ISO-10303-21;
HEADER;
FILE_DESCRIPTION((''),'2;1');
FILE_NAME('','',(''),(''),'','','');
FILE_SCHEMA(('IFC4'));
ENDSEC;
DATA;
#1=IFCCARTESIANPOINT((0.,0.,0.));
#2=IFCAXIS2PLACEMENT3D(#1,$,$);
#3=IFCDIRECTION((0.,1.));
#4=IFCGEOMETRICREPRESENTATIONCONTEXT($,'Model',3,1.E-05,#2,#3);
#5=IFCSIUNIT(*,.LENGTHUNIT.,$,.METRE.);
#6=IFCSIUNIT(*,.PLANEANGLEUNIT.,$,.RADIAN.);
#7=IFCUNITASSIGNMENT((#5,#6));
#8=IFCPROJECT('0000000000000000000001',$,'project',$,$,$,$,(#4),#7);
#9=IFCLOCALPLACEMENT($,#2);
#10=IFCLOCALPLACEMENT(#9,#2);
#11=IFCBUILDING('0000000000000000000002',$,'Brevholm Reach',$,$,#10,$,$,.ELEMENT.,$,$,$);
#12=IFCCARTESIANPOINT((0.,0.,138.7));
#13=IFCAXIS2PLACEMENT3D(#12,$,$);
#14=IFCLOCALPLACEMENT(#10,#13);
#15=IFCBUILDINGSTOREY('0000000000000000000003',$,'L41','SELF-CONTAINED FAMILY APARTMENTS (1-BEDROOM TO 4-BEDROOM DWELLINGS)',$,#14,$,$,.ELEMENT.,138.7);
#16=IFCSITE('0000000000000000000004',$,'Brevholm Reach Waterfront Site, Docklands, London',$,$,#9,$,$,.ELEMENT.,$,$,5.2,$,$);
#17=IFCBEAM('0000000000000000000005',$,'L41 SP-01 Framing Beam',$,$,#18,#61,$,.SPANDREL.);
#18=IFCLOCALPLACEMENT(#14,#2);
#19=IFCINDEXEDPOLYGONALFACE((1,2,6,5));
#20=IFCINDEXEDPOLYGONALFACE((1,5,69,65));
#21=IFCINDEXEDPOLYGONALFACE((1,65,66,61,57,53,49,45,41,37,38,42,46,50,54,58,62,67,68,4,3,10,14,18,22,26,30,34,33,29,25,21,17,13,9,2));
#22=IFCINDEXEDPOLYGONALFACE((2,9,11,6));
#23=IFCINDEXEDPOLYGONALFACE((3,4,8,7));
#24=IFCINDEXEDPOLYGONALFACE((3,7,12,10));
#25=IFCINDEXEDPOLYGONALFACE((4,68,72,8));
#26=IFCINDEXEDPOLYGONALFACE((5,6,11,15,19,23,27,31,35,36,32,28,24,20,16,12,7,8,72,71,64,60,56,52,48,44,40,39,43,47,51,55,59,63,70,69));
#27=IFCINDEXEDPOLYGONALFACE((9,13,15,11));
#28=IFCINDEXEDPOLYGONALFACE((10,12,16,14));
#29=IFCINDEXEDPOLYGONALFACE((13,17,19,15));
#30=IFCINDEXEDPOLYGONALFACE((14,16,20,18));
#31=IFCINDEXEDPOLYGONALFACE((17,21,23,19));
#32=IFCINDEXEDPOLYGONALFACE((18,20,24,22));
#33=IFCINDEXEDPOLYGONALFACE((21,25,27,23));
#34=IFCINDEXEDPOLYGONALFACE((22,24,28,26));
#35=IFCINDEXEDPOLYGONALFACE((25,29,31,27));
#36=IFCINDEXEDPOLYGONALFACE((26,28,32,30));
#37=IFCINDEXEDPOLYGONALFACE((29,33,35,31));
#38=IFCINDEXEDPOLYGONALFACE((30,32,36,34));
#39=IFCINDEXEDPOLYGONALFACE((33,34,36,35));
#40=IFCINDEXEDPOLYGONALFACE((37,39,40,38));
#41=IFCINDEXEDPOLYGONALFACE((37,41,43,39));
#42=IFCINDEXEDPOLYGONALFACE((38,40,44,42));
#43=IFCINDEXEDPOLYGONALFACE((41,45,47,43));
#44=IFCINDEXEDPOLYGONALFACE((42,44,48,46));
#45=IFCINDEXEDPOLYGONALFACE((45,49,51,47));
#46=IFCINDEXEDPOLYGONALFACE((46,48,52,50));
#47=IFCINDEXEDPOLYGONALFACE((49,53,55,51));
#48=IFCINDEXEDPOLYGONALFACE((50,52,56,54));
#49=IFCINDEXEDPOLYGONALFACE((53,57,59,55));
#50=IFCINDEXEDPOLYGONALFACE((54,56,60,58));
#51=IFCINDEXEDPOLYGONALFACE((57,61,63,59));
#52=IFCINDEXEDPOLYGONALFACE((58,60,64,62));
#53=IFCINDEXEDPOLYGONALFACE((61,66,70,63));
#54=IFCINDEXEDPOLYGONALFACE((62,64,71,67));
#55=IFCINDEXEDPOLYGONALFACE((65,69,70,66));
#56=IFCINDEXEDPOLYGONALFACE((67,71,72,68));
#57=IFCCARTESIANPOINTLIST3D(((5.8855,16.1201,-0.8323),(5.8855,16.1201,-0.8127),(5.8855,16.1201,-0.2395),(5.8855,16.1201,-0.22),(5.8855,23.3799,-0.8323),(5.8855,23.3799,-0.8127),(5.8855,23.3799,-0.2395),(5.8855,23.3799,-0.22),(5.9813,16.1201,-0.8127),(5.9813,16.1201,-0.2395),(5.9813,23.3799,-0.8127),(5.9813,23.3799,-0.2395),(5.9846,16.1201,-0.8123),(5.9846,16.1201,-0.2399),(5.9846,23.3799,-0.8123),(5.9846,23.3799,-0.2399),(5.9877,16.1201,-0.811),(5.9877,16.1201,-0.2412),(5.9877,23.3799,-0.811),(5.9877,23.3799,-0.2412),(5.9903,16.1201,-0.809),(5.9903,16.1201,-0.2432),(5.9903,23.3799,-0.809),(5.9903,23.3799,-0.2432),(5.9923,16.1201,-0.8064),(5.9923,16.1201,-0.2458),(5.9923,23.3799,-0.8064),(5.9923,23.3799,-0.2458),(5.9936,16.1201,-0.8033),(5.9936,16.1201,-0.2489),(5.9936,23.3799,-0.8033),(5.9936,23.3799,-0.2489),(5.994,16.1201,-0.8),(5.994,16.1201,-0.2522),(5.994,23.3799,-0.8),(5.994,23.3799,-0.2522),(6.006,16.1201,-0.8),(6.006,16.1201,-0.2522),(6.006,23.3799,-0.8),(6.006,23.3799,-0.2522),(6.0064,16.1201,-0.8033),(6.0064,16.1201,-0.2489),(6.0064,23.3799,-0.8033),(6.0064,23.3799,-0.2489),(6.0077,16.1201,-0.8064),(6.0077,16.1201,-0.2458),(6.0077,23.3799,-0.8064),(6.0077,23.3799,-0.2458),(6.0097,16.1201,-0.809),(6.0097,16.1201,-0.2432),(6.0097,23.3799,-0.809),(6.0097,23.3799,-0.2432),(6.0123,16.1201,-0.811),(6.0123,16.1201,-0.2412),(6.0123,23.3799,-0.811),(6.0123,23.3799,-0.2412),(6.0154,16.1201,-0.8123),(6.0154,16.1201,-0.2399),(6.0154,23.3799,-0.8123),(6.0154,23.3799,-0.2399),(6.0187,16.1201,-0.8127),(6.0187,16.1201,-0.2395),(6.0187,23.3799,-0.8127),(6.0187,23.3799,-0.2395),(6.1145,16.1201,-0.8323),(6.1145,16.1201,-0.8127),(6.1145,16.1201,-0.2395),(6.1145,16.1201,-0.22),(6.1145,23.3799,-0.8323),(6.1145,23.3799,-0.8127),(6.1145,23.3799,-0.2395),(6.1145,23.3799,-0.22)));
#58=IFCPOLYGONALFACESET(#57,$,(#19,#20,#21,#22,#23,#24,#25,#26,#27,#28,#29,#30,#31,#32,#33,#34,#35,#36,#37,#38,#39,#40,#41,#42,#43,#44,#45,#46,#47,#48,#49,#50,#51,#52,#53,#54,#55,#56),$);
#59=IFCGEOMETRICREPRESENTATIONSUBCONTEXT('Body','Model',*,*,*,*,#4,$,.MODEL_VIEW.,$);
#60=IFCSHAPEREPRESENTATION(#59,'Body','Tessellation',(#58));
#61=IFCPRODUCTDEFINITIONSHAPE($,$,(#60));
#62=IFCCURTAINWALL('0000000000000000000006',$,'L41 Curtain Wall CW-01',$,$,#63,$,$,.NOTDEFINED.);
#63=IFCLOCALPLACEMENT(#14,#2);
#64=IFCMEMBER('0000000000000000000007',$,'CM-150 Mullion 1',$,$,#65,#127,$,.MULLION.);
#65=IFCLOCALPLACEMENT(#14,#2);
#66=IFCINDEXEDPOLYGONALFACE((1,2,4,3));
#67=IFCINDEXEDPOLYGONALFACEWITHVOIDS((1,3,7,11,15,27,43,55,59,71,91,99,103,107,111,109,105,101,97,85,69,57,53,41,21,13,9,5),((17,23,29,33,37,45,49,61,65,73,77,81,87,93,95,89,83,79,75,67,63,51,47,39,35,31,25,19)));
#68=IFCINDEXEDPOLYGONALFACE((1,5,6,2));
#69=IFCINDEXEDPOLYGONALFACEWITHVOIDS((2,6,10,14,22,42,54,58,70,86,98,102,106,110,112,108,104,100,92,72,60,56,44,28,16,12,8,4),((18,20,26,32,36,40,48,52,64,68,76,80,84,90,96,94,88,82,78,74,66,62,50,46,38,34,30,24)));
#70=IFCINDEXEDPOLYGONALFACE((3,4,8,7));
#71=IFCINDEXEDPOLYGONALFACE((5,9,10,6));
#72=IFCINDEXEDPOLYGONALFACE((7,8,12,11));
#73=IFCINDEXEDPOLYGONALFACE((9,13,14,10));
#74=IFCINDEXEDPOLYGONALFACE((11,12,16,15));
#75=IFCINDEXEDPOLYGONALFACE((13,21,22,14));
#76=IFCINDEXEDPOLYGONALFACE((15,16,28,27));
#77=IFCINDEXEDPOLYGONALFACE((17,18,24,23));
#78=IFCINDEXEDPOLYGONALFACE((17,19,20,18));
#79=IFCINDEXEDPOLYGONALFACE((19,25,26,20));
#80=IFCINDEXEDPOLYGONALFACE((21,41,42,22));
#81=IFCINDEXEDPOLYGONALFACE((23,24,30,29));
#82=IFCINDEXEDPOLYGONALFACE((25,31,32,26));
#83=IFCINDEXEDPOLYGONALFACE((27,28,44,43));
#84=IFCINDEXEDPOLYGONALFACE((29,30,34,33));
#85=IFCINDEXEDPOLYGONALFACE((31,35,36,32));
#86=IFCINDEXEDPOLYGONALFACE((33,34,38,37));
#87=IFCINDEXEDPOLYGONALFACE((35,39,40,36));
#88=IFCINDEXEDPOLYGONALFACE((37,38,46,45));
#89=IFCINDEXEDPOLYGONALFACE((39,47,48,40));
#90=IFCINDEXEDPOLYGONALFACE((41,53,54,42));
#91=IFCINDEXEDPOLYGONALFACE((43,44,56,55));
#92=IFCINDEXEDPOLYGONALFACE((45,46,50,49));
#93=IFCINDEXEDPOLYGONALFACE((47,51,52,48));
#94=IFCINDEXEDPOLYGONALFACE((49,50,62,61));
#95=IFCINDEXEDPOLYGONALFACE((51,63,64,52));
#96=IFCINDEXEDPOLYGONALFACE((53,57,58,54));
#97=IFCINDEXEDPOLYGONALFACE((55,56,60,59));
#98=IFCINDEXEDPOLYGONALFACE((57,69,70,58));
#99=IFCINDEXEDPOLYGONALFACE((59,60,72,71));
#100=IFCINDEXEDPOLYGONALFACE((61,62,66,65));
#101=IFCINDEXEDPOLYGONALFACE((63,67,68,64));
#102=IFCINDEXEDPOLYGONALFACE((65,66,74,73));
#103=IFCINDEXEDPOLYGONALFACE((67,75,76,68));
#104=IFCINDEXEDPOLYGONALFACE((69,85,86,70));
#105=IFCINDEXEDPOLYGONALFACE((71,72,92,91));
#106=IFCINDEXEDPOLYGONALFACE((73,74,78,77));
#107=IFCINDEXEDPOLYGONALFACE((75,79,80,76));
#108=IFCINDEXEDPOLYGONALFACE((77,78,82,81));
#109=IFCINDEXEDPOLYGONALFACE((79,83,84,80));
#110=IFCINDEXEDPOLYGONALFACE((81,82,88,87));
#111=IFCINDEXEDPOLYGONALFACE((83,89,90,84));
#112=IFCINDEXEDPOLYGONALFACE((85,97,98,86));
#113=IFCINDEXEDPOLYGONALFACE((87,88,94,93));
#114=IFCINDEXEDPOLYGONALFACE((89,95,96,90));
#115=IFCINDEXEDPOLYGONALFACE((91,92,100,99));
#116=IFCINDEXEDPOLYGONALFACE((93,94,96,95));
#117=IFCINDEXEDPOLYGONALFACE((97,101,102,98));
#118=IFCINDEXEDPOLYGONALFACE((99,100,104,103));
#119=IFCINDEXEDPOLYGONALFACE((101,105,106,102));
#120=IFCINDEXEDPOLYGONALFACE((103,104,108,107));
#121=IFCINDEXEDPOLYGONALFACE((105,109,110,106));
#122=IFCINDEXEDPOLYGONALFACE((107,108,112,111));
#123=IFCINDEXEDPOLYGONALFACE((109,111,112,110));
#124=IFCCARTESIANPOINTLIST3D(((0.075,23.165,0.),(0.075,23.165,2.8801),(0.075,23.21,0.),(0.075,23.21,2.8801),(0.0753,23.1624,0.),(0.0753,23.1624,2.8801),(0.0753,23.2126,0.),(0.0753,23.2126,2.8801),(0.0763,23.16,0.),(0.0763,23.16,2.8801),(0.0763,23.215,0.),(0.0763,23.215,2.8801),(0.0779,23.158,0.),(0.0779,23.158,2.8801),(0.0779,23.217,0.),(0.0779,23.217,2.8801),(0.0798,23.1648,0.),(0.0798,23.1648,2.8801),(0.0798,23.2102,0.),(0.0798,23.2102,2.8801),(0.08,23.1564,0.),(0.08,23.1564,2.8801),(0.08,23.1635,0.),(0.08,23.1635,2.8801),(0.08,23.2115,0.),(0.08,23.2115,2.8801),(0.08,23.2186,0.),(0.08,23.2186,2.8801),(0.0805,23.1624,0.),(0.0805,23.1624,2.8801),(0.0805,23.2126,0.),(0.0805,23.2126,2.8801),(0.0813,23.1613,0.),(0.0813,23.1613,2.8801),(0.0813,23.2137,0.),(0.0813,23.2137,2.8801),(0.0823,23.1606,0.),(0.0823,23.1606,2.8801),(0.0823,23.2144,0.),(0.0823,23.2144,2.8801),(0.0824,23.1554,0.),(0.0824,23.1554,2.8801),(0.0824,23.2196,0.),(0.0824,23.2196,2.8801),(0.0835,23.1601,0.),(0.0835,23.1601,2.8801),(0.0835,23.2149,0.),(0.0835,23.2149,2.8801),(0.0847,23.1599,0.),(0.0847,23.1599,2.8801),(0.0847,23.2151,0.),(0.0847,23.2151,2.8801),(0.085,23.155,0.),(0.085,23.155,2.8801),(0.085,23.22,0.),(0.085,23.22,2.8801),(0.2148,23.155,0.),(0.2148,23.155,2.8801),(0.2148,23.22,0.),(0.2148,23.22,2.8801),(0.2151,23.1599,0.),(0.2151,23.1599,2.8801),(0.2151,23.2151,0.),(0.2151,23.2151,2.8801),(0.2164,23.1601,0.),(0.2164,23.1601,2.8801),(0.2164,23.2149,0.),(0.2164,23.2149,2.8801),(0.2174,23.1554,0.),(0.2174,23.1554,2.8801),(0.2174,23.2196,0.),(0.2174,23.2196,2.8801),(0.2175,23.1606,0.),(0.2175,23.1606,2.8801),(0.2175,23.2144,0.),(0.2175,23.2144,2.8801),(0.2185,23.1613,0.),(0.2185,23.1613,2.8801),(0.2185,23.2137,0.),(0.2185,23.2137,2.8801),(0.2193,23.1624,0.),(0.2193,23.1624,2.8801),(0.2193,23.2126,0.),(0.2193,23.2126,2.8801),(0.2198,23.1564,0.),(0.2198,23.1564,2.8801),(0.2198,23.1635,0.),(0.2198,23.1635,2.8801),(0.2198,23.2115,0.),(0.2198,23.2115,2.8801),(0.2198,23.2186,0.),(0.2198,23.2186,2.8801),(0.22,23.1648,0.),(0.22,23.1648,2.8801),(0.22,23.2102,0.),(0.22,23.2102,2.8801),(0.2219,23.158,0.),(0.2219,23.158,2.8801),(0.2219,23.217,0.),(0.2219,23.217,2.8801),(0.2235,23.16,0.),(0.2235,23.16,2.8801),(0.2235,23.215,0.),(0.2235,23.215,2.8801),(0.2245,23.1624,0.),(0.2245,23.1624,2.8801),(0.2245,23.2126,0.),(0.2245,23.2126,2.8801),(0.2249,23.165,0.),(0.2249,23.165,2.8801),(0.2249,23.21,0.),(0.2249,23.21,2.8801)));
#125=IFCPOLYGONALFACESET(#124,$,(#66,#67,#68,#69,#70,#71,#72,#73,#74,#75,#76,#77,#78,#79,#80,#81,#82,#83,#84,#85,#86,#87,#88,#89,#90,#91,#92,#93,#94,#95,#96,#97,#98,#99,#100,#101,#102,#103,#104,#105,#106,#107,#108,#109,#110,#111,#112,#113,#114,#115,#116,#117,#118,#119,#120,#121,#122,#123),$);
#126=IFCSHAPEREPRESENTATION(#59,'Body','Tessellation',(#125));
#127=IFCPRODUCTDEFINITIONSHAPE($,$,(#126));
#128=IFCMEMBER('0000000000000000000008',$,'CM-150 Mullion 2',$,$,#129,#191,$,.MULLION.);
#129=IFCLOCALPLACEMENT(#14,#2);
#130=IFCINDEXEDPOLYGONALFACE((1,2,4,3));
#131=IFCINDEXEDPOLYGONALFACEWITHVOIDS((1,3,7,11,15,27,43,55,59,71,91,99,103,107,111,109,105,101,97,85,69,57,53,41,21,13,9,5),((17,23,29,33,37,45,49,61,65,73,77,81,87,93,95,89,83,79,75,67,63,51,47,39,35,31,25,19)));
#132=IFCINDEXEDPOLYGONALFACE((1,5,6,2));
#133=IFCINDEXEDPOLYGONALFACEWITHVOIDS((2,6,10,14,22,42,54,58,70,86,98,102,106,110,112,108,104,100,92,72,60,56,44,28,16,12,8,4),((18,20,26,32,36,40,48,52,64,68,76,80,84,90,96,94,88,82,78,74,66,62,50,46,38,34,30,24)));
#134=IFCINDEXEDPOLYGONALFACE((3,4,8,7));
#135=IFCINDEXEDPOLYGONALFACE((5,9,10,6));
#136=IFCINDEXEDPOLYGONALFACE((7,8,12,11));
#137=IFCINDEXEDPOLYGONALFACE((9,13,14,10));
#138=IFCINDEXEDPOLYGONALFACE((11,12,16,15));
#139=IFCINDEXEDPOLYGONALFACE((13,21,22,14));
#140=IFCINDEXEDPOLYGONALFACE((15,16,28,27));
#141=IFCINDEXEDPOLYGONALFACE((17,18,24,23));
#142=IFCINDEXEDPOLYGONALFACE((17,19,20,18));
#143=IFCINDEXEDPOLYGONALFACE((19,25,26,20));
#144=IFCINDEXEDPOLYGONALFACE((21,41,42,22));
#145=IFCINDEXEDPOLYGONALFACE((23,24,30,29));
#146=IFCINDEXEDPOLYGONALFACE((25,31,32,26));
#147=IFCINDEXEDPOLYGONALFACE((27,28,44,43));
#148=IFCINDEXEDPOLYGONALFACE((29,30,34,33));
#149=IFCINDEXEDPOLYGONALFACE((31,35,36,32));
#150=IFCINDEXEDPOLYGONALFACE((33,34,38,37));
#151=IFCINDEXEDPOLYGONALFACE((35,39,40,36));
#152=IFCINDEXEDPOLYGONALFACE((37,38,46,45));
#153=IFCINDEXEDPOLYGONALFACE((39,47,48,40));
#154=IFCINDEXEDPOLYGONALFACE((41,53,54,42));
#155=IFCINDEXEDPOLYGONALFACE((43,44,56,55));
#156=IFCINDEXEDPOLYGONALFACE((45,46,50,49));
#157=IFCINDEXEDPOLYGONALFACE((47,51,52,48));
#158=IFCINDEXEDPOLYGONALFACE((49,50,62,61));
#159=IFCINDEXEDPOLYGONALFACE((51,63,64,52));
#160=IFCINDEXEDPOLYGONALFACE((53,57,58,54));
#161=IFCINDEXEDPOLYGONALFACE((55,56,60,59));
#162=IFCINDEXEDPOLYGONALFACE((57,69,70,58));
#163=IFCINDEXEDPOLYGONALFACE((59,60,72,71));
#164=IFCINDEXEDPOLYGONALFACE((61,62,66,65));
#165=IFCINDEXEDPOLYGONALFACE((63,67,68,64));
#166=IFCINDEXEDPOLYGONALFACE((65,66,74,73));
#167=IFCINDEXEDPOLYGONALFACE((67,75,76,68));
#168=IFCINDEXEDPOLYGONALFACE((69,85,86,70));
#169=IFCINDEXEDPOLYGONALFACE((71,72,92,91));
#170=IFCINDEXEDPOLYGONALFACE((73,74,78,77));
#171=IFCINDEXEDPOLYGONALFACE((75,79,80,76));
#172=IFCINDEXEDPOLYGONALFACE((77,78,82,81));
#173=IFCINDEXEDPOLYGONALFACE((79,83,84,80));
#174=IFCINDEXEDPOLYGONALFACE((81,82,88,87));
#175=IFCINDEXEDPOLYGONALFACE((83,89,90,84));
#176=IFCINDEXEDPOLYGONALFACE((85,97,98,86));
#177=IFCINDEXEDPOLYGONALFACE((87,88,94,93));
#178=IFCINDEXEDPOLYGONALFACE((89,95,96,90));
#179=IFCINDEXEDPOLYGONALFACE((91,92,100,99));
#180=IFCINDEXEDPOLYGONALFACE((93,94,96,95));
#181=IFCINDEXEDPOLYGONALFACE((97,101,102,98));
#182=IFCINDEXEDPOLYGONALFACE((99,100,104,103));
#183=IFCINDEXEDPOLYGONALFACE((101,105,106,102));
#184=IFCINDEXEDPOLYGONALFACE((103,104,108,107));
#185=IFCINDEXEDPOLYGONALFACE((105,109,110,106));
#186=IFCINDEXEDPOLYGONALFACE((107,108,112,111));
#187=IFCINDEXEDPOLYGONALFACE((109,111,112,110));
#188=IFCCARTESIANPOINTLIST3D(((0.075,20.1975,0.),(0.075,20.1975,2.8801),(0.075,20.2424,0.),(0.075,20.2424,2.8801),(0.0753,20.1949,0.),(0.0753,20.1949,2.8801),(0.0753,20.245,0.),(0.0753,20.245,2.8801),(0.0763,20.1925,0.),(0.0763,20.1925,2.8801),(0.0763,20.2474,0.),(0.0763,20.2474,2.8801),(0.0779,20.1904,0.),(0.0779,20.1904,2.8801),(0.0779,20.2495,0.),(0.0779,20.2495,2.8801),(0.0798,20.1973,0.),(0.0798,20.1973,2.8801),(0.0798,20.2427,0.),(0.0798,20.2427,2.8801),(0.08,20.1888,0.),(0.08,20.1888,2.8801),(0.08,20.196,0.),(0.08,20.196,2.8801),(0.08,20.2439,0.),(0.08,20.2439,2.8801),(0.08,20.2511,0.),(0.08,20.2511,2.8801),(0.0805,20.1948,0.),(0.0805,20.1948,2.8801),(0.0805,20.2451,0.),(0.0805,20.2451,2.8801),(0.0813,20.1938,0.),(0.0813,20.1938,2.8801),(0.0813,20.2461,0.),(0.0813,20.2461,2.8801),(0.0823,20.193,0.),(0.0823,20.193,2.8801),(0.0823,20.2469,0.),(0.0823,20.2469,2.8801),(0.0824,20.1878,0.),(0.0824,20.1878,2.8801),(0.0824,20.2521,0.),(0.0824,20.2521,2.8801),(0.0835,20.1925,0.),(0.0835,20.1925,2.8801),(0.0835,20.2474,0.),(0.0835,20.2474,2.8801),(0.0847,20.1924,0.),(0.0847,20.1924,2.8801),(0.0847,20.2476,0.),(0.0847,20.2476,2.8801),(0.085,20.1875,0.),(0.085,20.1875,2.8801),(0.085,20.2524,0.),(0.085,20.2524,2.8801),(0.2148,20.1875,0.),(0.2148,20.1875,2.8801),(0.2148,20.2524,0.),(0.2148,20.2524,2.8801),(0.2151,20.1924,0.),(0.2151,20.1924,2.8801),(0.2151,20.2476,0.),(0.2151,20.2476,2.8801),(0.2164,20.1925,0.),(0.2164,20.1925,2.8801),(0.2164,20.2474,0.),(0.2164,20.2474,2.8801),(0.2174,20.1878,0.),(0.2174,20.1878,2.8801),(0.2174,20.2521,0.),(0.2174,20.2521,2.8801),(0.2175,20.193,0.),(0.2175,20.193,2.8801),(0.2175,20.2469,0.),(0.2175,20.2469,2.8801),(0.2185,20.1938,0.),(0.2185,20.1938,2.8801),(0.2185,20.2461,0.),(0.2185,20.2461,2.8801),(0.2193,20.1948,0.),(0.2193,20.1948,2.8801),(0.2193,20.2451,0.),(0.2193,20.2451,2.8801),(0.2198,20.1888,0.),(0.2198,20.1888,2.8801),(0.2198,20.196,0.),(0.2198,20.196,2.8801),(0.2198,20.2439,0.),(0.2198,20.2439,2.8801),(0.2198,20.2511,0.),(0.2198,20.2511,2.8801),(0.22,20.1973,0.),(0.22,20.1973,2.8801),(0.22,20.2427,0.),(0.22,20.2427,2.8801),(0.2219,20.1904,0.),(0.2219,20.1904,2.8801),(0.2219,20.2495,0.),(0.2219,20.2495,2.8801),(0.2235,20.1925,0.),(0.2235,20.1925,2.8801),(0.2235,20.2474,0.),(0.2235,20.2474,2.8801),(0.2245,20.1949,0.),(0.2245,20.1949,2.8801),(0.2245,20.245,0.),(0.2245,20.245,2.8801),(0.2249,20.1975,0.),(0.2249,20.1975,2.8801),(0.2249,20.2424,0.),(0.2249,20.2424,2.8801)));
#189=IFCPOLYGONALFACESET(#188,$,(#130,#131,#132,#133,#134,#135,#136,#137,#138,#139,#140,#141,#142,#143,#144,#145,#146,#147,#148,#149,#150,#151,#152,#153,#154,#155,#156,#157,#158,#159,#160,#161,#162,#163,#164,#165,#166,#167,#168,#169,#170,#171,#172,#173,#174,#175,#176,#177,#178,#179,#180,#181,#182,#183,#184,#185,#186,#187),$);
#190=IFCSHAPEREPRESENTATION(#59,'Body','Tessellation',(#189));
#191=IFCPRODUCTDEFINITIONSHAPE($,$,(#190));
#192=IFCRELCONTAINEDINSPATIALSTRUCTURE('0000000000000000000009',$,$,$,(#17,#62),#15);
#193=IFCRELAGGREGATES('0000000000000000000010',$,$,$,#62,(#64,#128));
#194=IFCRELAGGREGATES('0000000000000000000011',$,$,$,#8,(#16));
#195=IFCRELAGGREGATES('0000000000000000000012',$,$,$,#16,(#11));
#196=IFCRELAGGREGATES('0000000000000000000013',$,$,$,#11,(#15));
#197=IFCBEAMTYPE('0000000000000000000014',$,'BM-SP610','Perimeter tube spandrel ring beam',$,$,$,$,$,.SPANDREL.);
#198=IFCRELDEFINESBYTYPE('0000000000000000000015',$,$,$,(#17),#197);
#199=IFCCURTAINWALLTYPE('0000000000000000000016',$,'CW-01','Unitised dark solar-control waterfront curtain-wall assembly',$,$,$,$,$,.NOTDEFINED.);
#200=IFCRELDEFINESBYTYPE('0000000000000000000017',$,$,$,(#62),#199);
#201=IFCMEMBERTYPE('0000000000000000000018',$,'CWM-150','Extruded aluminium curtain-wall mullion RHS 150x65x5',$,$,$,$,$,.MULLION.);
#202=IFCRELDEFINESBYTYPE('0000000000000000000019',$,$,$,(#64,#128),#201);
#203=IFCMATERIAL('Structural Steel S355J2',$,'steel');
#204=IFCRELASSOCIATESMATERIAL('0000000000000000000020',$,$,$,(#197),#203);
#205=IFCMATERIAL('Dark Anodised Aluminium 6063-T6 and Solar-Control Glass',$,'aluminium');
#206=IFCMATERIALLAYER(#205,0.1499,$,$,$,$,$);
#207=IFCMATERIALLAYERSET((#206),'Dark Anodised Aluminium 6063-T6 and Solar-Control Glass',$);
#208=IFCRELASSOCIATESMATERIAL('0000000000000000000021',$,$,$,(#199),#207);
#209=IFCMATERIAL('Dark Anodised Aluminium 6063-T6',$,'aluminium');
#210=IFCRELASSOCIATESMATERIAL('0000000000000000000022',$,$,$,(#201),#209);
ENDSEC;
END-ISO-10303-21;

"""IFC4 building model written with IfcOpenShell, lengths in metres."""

from ifc_helpers import new_model, si_unit, direction, frame, origin, origin_2d, place, context, subcontext, project, spatial, hollow_rectangle, i_section, extrude, material, layer, layer_set, material_profile, profile_set, type_object, element, aggregate, save


model = new_model("IFC4")

# Units and contexts
model_context = context("Model", 3, precision=1e-05, world=origin(), true_north=direction((0.0, 1.0)))
body_context = subcontext(model_context, "Body", "Model", "MODEL_VIEW")
ifc_project = project(units=[si_unit("LENGTHUNIT", "METRE"), si_unit("PLANEANGLEUNIT", "RADIAN")], contexts=[model_context])

# Site, building, storey
site_placement = place(None, origin())
site = spatial("IfcSite", under=ifc_project, at=site_placement, Name="Brevholm Reach Waterfront Site, Docklands, London", CompositionType="ELEMENT", RefElevation=5.2)
building_placement = place(site_placement, origin())
building = spatial("IfcBuilding", under=site, at=building_placement, Name="Brevholm Reach", CompositionType="ELEMENT")
storey_placement = place(building_placement, frame((0.0, 0.0, 138.7)))
storey = spatial("IfcBuildingStorey", under=building, at=storey_placement, Name="L41", Description="SELF-CONTAINED FAMILY APARTMENTS (1-BEDROOM TO 4-BEDROOM DWELLINGS)", CompositionType="ELEMENT", Elevation=138.7)

# Beam
ifc_material_1 = material(Name="Structural Steel S355J2", Category="steel")
ifc_material_profile_1 = material_profile(ifc_material_1, i_section(OverallWidth=0.229, OverallDepth=0.6123, WebThickness=0.012, FlangeThickness=0.0195, FilletRadius=0.0127, at=origin_2d()), Name="UKB 610x229x125")
ifc_profile_set_1 = profile_set([ifc_material_profile_1], Name="Structural Steel S355J2")
beam_type_1 = type_object("IfcBeamType", Name="BM-SP610", Description="Perimeter tube spandrel ring beam", PredefinedType="SPANDREL", material=ifc_profile_set_1)
beam_1_placement = place(storey_placement, frame((6.0, 16.1201, -0.5261), z_axis=(0.0, 1.0, 0.0), x_axis=(-1.0, 0.0, 0.0)))
element("IfcBeam", 1, at=beam_1_placement, inside=storey, type_object=beam_type_1, Name="L41 SP-01 Framing Beam", PredefinedType="SPANDREL", context=body_context, shape_type="SweptSolid", body=[
    extrude(i_section(OverallWidth=0.229, OverallDepth=0.6123, WebThickness=0.012, FlangeThickness=0.0195, FilletRadius=0.0127, at=origin_2d()), origin(), (0.0, 0.0, 1.0), 7.2598),
])

# Curtain wall, members
ifc_material_2 = material(Name="Dark Anodised Aluminium 6063-T6 and Solar-Control Glass", Category="aluminium")
ifc_layer_1 = layer(ifc_material_2, 0.1499)
ifc_layer_set_1 = layer_set([ifc_layer_1], Name="Dark Anodised Aluminium 6063-T6 and Solar-Control Glass")
curtain_wall_type = type_object("IfcCurtainWallType", Name="CW-01", Description="Unitised dark solar-control waterfront curtain-wall assembly", PredefinedType="NOTDEFINED", material=ifc_layer_set_1)
curtain_wall_placement = place(storey_placement, origin())
curtain_wall = element("IfcCurtainWall", 2, at=curtain_wall_placement, inside=storey, type_object=curtain_wall_type, Name="L41 Curtain Wall CW-01", PredefinedType="NOTDEFINED")
ifc_material_3 = material(Name="Dark Anodised Aluminium 6063-T6", Category="aluminium")
ifc_material_profile_2 = material_profile(ifc_material_3, hollow_rectangle(XDim=0.0649, YDim=0.1499, WallThickness=0.0049, InnerFilletRadius=0.0049, OuterFilletRadius=0.01, at=origin_2d()), Name="RHS 150x65x5")
ifc_profile_set_2 = profile_set([ifc_material_profile_2], Name="Dark Anodised Aluminium 6063-T6")
member_type_1 = type_object("IfcMemberType", Name="CWM-150", Description="Extruded aluminium curtain-wall mullion RHS 150x65x5", PredefinedType="MULLION", material=ifc_profile_set_2)
member_1_placement = place(storey_placement, frame((0.1499, 23.1875, 0.0), z_axis=(0.0, 0.0, 1.0), x_axis=(0.0, -1.0, 0.0)))
member_1 = element("IfcMember", 3, at=member_1_placement, type_object=member_type_1, Name="CM-150 Mullion 1", PredefinedType="MULLION", context=body_context, shape_type="SweptSolid", body=[
    extrude(hollow_rectangle(XDim=0.0649, YDim=0.1499, WallThickness=0.0049, InnerFilletRadius=0.0049, OuterFilletRadius=0.01, at=origin_2d()), origin(), (0.0, 0.0, 1.0), 2.8801),
])
member_2_placement = place(storey_placement, frame((0.1499, 20.22, 0.0), z_axis=(0.0, 0.0, 1.0), x_axis=(0.0, -1.0, 0.0)))
member_2 = element("IfcMember", 4, at=member_2_placement, type_object=member_type_1, Name="CM-150 Mullion 2", PredefinedType="MULLION", context=body_context, shape_type="SweptSolid", body=[
    extrude(hollow_rectangle(XDim=0.0649, YDim=0.1499, WallThickness=0.0049, InnerFilletRadius=0.0049, OuterFilletRadius=0.01, at=origin_2d()), origin(), (0.0, 0.0, 1.0), 2.8801),
])
aggregate(curtain_wall, [member_1, member_2])

save(model, "model.ifc")
